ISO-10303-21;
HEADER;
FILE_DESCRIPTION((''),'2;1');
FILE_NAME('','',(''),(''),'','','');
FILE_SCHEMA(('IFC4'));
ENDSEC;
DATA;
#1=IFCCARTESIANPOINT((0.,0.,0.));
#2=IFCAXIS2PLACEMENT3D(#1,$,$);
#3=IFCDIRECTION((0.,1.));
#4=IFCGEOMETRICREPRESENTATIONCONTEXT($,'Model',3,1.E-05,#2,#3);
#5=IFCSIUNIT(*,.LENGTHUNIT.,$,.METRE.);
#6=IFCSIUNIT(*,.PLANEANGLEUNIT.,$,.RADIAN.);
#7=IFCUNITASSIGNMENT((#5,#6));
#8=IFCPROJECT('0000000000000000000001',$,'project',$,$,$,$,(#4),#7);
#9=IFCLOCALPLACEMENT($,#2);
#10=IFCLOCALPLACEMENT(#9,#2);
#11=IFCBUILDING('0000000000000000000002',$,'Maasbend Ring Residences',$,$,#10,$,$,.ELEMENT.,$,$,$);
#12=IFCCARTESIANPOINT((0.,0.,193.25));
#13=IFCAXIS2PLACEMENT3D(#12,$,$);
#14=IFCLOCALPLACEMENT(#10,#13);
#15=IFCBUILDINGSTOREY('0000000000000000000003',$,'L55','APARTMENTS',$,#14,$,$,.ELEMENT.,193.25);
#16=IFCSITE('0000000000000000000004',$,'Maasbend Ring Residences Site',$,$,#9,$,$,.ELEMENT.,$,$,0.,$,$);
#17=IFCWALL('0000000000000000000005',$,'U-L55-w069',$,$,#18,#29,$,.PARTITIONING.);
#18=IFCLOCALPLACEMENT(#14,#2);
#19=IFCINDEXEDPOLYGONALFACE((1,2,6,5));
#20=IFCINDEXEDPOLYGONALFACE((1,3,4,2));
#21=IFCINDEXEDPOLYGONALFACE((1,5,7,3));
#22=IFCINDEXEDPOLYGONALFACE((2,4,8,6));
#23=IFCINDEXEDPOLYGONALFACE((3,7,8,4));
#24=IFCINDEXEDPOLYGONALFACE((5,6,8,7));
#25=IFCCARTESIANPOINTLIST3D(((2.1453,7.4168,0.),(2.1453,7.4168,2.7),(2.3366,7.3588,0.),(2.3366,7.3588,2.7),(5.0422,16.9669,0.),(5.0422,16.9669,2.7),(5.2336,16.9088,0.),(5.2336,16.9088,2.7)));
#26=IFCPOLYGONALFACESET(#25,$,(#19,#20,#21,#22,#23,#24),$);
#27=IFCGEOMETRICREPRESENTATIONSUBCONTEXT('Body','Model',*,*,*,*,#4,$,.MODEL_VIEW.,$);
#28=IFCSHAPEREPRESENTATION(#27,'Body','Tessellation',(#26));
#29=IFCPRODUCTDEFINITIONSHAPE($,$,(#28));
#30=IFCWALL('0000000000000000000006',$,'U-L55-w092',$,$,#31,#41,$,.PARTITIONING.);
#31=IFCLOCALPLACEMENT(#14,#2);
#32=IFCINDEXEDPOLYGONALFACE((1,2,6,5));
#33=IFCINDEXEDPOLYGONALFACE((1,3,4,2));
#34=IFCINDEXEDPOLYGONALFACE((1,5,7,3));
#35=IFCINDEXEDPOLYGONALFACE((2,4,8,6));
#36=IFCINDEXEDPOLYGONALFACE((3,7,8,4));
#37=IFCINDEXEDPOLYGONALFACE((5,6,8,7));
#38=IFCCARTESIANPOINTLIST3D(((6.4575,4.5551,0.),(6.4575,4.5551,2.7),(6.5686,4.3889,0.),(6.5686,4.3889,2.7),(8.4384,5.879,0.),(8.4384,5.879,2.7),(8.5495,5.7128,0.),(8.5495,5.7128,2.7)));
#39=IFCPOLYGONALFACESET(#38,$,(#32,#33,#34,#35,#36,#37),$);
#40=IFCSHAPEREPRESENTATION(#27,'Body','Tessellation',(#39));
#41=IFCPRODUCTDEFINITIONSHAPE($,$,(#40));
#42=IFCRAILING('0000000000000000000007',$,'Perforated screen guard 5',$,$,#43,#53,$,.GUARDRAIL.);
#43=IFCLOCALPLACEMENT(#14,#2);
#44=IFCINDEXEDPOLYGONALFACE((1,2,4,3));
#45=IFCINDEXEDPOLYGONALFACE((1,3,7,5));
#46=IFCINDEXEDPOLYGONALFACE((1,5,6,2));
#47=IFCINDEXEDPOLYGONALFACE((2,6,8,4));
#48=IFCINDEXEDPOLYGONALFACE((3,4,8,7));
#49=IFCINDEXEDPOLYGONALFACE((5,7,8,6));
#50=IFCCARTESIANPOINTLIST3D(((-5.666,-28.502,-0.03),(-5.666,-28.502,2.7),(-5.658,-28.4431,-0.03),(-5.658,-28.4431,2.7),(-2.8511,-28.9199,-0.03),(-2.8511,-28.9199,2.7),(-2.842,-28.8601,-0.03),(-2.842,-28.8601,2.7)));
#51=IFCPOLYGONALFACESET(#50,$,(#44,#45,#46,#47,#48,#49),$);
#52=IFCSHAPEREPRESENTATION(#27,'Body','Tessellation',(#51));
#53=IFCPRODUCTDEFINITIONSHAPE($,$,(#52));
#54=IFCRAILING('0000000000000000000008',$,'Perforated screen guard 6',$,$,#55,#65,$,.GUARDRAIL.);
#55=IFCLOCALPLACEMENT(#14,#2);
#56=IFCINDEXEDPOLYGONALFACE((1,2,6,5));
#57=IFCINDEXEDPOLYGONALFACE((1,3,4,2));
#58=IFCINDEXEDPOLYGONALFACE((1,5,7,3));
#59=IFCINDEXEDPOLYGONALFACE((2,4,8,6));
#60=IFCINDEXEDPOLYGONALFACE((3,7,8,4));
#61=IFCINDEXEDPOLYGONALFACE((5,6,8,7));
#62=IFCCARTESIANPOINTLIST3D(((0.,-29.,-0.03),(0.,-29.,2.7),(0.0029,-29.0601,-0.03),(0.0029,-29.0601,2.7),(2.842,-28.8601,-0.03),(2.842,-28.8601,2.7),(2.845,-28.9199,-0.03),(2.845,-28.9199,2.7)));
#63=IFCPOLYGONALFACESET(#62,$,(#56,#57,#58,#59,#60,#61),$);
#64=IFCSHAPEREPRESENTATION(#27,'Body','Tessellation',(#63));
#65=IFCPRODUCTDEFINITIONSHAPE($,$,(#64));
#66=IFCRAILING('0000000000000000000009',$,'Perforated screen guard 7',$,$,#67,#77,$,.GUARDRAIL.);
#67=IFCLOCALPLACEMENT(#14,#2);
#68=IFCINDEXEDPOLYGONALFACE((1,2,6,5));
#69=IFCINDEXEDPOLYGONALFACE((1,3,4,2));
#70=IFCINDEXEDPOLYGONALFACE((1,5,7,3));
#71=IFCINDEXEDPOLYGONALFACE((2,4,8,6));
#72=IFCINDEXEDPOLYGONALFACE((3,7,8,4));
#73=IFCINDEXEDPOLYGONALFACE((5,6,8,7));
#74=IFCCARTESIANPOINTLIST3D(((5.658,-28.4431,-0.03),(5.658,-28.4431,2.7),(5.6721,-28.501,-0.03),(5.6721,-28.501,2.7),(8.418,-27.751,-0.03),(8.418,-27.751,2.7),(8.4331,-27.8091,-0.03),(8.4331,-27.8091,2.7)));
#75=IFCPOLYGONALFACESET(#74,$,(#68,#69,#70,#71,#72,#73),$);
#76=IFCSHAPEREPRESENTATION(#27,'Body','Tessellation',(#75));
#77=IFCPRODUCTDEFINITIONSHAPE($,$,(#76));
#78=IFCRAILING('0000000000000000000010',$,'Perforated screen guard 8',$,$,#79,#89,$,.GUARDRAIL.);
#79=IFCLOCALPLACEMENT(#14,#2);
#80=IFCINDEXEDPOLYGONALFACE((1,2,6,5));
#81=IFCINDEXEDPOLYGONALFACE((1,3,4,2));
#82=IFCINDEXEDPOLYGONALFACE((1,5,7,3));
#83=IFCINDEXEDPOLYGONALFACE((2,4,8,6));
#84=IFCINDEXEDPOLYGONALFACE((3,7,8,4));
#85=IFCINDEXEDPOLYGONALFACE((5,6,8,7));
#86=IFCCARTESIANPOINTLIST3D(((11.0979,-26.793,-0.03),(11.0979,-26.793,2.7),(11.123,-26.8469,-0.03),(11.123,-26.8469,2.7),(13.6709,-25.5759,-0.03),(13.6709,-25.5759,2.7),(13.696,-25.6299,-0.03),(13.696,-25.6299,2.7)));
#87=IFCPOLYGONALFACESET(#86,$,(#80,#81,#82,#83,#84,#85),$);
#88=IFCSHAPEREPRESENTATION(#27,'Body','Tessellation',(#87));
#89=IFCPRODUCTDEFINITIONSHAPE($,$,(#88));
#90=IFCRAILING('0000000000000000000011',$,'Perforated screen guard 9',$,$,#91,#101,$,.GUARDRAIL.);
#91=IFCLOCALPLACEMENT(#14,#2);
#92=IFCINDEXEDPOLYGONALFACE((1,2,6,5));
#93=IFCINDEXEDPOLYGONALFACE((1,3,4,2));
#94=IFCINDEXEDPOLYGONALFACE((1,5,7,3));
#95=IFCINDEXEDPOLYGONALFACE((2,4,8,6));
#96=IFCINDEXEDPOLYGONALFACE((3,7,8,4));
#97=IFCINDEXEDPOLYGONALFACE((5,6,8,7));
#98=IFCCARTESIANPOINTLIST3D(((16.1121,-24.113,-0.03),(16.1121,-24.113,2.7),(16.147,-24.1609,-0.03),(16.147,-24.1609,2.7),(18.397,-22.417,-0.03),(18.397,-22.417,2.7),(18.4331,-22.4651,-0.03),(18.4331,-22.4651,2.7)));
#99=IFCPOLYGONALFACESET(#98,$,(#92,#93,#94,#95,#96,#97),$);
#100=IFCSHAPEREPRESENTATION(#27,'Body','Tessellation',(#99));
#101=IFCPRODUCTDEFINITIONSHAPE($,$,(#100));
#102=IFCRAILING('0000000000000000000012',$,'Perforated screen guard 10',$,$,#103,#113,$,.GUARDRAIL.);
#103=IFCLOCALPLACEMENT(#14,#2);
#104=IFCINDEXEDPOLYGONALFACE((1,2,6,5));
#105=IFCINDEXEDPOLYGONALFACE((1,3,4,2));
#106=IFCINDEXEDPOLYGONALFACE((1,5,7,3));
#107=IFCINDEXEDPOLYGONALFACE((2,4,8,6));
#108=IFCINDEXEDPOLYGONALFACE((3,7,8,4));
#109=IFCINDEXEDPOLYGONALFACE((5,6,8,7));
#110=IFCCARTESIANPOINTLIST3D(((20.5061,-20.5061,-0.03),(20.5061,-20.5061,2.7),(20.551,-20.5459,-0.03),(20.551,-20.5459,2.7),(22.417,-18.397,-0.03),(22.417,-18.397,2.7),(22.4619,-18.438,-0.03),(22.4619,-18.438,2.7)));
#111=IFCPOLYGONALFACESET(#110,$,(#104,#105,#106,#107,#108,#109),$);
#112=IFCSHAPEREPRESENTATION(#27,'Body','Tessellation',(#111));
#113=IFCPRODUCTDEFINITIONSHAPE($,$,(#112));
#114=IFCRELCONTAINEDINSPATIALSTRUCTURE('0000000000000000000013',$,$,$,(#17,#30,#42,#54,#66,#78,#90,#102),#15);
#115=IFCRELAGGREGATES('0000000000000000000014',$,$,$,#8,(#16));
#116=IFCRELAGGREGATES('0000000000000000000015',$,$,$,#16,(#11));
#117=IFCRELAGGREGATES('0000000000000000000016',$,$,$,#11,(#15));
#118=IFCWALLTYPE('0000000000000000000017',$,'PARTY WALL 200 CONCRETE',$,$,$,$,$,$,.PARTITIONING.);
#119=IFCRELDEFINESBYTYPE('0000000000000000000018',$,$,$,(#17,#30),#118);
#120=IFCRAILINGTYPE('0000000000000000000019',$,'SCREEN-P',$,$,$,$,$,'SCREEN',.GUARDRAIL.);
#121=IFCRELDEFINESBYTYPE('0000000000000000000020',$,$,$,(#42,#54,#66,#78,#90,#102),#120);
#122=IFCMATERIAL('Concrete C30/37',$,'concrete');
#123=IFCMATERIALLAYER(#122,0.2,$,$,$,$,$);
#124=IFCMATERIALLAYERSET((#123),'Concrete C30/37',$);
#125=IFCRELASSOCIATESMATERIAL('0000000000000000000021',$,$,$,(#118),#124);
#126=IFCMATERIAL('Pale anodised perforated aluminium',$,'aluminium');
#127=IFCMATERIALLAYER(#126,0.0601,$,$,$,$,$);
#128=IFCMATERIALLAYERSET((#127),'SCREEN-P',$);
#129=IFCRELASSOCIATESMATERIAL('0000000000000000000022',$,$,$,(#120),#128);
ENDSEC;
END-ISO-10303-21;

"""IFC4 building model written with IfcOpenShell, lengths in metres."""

from ifc_helpers import new_model, si_unit, direction, frame, frame_2d, origin, place, context, subcontext, project, spatial, polyline, rectangle, outline, extrude, material, layer, layer_set, type_object, element, save


model = new_model("IFC4")

# Units and contexts
model_context = context("Model", 3, precision=1e-05, world=origin(), true_north=direction((0.0, 1.0)))
body_context = subcontext(model_context, "Body", "Model", "MODEL_VIEW")
ifc_project = project(units=[si_unit("LENGTHUNIT", "METRE"), si_unit("PLANEANGLEUNIT", "RADIAN")], contexts=[model_context])

# Site, building, storey
site_placement = place(None, origin())
site = spatial("IfcSite", under=ifc_project, at=site_placement, Name="Maasbend Ring Residences Site", CompositionType="ELEMENT", RefElevation=0.0)
building_placement = place(site_placement, origin())
building = spatial("IfcBuilding", under=site, at=building_placement, Name="Maasbend Ring Residences", CompositionType="ELEMENT")
storey_placement = place(building_placement, frame((0.0, 0.0, 193.25)))
storey = spatial("IfcBuildingStorey", under=building, at=storey_placement, Name="L55", Description="APARTMENTS", CompositionType="ELEMENT", Elevation=193.25)

# Walls
ifc_material_1 = material(Name="Concrete C30/37", Category="concrete")
ifc_layer_1 = layer(ifc_material_1, 0.2)
ifc_layer_set_1 = layer_set([ifc_layer_1], Name="Concrete C30/37")
wall_type_1 = type_object("IfcWallType", Name="PARTY WALL 200 CONCRETE", PredefinedType="PARTITIONING", material=ifc_layer_set_1)
wall_1_placement = place(storey_placement, frame((2.241, 7.3879, 0.0), z_axis=(0.0, 0.0, 1.0), x_axis=(0.290284, 0.95694, 0.0)))
element("IfcWall", 1, at=wall_1_placement, inside=storey, type_object=wall_type_1, Name="U-L55-w069", PredefinedType="PARTITIONING", context=body_context, shape_type="SweptSolid", body=[
    extrude(rectangle(XDim=9.9797, YDim=0.2, at=frame_2d((4.9897, 0.0))), origin(), (0.0, 0.0, 1.0), 2.7),
])
wall_2_placement = place(storey_placement, frame((6.5129, 4.4719, 0.0), z_axis=(0.0, 0.0, 1.0), x_axis=(0.831403, 0.555669, 0.0)))
element("IfcWall", 2, at=wall_2_placement, inside=storey, type_object=wall_type_1, Name="U-L55-w092", PredefinedType="PARTITIONING", context=body_context, shape_type="SweptSolid", body=[
    extrude(rectangle(XDim=2.3826, YDim=0.2, at=frame_2d((1.1914, 0.0))), origin(), (0.0, 0.0, 1.0), 2.7),
])

# Railings
ifc_material_2 = material(Name="Pale anodised perforated aluminium", Category="aluminium")
ifc_layer_2 = layer(ifc_material_2, 0.0601)
ifc_layer_set_2 = layer_set([ifc_layer_2], Name="SCREEN-P")
railing_type = type_object("IfcRailingType", Name="SCREEN-P", ElementType="SCREEN", PredefinedType="GUARDRAIL", material=ifc_layer_set_2)
railing_1_placement = place(storey_placement, frame((0.0, 0.0, -0.03)))
element("IfcRailing", 3, at=railing_1_placement, inside=storey, type_object=railing_type, Name="Perforated screen guard 5", PredefinedType="GUARDRAIL", context=body_context, shape_type="SweptSolid", body=[
    extrude(outline(polyline([(-5.658, -28.4431), (-2.842, -28.8601), (-2.8511, -28.9199), (-5.666, -28.502), (-5.658, -28.4431)])), origin(), (0.0, 0.0, 1.0), 2.73),
])
railing_2_placement = place(storey_placement, frame((0.0, 0.0, -0.03)))
element("IfcRailing", 4, at=railing_2_placement, inside=storey, type_object=railing_type, Name="Perforated screen guard 6", PredefinedType="GUARDRAIL", context=body_context, shape_type="SweptSolid", body=[
    extrude(outline(polyline([(0.0, -29.0), (2.842, -28.8601), (2.845, -28.9199), (0.0029, -29.0601), (0.0, -29.0)])), origin(), (0.0, 0.0, 1.0), 2.73),
])
railing_3_placement = place(storey_placement, frame((0.0, 0.0, -0.03)))
element("IfcRailing", 5, at=railing_3_placement, inside=storey, type_object=railing_type, Name="Perforated screen guard 7", PredefinedType="GUARDRAIL", context=body_context, shape_type="SweptSolid", body=[
    extrude(outline(polyline([(5.658, -28.4431), (8.418, -27.751), (8.4331, -27.8091), (5.6721, -28.501), (5.658, -28.4431)])), origin(), (0.0, 0.0, 1.0), 2.73),
])
railing_4_placement = place(storey_placement, frame((0.0, 0.0, -0.03)))
element("IfcRailing", 6, at=railing_4_placement, inside=storey, type_object=railing_type, Name="Perforated screen guard 8", PredefinedType="GUARDRAIL", context=body_context, shape_type="SweptSolid", body=[
    extrude(outline(polyline([(11.0979, -26.793), (13.6709, -25.5759), (13.696, -25.6299), (11.123, -26.8469), (11.0979, -26.793)])), origin(), (0.0, 0.0, 1.0), 2.73),
])
railing_5_placement = place(storey_placement, frame((0.0, 0.0, -0.03)))
element("IfcRailing", 7, at=railing_5_placement, inside=storey, type_object=railing_type, Name="Perforated screen guard 9", PredefinedType="GUARDRAIL", context=body_context, shape_type="SweptSolid", body=[
    extrude(outline(polyline([(16.1121, -24.113), (18.397, -22.417), (18.4331, -22.4651), (16.147, -24.1609), (16.1121, -24.113)])), origin(), (0.0, 0.0, 1.0), 2.73),
])
railing_6_placement = place(storey_placement, frame((0.0, 0.0, -0.03)))
element("IfcRailing", 8, at=railing_6_placement, inside=storey, type_object=railing_type, Name="Perforated screen guard 10", PredefinedType="GUARDRAIL", context=body_context, shape_type="SweptSolid", body=[
    extrude(outline(polyline([(20.5061, -20.5061), (22.417, -18.397), (22.4619, -18.438), (20.551, -20.5459), (20.5061, -20.5061)])), origin(), (0.0, 0.0, 1.0), 2.73),
])

save(model, "model.ifc")
